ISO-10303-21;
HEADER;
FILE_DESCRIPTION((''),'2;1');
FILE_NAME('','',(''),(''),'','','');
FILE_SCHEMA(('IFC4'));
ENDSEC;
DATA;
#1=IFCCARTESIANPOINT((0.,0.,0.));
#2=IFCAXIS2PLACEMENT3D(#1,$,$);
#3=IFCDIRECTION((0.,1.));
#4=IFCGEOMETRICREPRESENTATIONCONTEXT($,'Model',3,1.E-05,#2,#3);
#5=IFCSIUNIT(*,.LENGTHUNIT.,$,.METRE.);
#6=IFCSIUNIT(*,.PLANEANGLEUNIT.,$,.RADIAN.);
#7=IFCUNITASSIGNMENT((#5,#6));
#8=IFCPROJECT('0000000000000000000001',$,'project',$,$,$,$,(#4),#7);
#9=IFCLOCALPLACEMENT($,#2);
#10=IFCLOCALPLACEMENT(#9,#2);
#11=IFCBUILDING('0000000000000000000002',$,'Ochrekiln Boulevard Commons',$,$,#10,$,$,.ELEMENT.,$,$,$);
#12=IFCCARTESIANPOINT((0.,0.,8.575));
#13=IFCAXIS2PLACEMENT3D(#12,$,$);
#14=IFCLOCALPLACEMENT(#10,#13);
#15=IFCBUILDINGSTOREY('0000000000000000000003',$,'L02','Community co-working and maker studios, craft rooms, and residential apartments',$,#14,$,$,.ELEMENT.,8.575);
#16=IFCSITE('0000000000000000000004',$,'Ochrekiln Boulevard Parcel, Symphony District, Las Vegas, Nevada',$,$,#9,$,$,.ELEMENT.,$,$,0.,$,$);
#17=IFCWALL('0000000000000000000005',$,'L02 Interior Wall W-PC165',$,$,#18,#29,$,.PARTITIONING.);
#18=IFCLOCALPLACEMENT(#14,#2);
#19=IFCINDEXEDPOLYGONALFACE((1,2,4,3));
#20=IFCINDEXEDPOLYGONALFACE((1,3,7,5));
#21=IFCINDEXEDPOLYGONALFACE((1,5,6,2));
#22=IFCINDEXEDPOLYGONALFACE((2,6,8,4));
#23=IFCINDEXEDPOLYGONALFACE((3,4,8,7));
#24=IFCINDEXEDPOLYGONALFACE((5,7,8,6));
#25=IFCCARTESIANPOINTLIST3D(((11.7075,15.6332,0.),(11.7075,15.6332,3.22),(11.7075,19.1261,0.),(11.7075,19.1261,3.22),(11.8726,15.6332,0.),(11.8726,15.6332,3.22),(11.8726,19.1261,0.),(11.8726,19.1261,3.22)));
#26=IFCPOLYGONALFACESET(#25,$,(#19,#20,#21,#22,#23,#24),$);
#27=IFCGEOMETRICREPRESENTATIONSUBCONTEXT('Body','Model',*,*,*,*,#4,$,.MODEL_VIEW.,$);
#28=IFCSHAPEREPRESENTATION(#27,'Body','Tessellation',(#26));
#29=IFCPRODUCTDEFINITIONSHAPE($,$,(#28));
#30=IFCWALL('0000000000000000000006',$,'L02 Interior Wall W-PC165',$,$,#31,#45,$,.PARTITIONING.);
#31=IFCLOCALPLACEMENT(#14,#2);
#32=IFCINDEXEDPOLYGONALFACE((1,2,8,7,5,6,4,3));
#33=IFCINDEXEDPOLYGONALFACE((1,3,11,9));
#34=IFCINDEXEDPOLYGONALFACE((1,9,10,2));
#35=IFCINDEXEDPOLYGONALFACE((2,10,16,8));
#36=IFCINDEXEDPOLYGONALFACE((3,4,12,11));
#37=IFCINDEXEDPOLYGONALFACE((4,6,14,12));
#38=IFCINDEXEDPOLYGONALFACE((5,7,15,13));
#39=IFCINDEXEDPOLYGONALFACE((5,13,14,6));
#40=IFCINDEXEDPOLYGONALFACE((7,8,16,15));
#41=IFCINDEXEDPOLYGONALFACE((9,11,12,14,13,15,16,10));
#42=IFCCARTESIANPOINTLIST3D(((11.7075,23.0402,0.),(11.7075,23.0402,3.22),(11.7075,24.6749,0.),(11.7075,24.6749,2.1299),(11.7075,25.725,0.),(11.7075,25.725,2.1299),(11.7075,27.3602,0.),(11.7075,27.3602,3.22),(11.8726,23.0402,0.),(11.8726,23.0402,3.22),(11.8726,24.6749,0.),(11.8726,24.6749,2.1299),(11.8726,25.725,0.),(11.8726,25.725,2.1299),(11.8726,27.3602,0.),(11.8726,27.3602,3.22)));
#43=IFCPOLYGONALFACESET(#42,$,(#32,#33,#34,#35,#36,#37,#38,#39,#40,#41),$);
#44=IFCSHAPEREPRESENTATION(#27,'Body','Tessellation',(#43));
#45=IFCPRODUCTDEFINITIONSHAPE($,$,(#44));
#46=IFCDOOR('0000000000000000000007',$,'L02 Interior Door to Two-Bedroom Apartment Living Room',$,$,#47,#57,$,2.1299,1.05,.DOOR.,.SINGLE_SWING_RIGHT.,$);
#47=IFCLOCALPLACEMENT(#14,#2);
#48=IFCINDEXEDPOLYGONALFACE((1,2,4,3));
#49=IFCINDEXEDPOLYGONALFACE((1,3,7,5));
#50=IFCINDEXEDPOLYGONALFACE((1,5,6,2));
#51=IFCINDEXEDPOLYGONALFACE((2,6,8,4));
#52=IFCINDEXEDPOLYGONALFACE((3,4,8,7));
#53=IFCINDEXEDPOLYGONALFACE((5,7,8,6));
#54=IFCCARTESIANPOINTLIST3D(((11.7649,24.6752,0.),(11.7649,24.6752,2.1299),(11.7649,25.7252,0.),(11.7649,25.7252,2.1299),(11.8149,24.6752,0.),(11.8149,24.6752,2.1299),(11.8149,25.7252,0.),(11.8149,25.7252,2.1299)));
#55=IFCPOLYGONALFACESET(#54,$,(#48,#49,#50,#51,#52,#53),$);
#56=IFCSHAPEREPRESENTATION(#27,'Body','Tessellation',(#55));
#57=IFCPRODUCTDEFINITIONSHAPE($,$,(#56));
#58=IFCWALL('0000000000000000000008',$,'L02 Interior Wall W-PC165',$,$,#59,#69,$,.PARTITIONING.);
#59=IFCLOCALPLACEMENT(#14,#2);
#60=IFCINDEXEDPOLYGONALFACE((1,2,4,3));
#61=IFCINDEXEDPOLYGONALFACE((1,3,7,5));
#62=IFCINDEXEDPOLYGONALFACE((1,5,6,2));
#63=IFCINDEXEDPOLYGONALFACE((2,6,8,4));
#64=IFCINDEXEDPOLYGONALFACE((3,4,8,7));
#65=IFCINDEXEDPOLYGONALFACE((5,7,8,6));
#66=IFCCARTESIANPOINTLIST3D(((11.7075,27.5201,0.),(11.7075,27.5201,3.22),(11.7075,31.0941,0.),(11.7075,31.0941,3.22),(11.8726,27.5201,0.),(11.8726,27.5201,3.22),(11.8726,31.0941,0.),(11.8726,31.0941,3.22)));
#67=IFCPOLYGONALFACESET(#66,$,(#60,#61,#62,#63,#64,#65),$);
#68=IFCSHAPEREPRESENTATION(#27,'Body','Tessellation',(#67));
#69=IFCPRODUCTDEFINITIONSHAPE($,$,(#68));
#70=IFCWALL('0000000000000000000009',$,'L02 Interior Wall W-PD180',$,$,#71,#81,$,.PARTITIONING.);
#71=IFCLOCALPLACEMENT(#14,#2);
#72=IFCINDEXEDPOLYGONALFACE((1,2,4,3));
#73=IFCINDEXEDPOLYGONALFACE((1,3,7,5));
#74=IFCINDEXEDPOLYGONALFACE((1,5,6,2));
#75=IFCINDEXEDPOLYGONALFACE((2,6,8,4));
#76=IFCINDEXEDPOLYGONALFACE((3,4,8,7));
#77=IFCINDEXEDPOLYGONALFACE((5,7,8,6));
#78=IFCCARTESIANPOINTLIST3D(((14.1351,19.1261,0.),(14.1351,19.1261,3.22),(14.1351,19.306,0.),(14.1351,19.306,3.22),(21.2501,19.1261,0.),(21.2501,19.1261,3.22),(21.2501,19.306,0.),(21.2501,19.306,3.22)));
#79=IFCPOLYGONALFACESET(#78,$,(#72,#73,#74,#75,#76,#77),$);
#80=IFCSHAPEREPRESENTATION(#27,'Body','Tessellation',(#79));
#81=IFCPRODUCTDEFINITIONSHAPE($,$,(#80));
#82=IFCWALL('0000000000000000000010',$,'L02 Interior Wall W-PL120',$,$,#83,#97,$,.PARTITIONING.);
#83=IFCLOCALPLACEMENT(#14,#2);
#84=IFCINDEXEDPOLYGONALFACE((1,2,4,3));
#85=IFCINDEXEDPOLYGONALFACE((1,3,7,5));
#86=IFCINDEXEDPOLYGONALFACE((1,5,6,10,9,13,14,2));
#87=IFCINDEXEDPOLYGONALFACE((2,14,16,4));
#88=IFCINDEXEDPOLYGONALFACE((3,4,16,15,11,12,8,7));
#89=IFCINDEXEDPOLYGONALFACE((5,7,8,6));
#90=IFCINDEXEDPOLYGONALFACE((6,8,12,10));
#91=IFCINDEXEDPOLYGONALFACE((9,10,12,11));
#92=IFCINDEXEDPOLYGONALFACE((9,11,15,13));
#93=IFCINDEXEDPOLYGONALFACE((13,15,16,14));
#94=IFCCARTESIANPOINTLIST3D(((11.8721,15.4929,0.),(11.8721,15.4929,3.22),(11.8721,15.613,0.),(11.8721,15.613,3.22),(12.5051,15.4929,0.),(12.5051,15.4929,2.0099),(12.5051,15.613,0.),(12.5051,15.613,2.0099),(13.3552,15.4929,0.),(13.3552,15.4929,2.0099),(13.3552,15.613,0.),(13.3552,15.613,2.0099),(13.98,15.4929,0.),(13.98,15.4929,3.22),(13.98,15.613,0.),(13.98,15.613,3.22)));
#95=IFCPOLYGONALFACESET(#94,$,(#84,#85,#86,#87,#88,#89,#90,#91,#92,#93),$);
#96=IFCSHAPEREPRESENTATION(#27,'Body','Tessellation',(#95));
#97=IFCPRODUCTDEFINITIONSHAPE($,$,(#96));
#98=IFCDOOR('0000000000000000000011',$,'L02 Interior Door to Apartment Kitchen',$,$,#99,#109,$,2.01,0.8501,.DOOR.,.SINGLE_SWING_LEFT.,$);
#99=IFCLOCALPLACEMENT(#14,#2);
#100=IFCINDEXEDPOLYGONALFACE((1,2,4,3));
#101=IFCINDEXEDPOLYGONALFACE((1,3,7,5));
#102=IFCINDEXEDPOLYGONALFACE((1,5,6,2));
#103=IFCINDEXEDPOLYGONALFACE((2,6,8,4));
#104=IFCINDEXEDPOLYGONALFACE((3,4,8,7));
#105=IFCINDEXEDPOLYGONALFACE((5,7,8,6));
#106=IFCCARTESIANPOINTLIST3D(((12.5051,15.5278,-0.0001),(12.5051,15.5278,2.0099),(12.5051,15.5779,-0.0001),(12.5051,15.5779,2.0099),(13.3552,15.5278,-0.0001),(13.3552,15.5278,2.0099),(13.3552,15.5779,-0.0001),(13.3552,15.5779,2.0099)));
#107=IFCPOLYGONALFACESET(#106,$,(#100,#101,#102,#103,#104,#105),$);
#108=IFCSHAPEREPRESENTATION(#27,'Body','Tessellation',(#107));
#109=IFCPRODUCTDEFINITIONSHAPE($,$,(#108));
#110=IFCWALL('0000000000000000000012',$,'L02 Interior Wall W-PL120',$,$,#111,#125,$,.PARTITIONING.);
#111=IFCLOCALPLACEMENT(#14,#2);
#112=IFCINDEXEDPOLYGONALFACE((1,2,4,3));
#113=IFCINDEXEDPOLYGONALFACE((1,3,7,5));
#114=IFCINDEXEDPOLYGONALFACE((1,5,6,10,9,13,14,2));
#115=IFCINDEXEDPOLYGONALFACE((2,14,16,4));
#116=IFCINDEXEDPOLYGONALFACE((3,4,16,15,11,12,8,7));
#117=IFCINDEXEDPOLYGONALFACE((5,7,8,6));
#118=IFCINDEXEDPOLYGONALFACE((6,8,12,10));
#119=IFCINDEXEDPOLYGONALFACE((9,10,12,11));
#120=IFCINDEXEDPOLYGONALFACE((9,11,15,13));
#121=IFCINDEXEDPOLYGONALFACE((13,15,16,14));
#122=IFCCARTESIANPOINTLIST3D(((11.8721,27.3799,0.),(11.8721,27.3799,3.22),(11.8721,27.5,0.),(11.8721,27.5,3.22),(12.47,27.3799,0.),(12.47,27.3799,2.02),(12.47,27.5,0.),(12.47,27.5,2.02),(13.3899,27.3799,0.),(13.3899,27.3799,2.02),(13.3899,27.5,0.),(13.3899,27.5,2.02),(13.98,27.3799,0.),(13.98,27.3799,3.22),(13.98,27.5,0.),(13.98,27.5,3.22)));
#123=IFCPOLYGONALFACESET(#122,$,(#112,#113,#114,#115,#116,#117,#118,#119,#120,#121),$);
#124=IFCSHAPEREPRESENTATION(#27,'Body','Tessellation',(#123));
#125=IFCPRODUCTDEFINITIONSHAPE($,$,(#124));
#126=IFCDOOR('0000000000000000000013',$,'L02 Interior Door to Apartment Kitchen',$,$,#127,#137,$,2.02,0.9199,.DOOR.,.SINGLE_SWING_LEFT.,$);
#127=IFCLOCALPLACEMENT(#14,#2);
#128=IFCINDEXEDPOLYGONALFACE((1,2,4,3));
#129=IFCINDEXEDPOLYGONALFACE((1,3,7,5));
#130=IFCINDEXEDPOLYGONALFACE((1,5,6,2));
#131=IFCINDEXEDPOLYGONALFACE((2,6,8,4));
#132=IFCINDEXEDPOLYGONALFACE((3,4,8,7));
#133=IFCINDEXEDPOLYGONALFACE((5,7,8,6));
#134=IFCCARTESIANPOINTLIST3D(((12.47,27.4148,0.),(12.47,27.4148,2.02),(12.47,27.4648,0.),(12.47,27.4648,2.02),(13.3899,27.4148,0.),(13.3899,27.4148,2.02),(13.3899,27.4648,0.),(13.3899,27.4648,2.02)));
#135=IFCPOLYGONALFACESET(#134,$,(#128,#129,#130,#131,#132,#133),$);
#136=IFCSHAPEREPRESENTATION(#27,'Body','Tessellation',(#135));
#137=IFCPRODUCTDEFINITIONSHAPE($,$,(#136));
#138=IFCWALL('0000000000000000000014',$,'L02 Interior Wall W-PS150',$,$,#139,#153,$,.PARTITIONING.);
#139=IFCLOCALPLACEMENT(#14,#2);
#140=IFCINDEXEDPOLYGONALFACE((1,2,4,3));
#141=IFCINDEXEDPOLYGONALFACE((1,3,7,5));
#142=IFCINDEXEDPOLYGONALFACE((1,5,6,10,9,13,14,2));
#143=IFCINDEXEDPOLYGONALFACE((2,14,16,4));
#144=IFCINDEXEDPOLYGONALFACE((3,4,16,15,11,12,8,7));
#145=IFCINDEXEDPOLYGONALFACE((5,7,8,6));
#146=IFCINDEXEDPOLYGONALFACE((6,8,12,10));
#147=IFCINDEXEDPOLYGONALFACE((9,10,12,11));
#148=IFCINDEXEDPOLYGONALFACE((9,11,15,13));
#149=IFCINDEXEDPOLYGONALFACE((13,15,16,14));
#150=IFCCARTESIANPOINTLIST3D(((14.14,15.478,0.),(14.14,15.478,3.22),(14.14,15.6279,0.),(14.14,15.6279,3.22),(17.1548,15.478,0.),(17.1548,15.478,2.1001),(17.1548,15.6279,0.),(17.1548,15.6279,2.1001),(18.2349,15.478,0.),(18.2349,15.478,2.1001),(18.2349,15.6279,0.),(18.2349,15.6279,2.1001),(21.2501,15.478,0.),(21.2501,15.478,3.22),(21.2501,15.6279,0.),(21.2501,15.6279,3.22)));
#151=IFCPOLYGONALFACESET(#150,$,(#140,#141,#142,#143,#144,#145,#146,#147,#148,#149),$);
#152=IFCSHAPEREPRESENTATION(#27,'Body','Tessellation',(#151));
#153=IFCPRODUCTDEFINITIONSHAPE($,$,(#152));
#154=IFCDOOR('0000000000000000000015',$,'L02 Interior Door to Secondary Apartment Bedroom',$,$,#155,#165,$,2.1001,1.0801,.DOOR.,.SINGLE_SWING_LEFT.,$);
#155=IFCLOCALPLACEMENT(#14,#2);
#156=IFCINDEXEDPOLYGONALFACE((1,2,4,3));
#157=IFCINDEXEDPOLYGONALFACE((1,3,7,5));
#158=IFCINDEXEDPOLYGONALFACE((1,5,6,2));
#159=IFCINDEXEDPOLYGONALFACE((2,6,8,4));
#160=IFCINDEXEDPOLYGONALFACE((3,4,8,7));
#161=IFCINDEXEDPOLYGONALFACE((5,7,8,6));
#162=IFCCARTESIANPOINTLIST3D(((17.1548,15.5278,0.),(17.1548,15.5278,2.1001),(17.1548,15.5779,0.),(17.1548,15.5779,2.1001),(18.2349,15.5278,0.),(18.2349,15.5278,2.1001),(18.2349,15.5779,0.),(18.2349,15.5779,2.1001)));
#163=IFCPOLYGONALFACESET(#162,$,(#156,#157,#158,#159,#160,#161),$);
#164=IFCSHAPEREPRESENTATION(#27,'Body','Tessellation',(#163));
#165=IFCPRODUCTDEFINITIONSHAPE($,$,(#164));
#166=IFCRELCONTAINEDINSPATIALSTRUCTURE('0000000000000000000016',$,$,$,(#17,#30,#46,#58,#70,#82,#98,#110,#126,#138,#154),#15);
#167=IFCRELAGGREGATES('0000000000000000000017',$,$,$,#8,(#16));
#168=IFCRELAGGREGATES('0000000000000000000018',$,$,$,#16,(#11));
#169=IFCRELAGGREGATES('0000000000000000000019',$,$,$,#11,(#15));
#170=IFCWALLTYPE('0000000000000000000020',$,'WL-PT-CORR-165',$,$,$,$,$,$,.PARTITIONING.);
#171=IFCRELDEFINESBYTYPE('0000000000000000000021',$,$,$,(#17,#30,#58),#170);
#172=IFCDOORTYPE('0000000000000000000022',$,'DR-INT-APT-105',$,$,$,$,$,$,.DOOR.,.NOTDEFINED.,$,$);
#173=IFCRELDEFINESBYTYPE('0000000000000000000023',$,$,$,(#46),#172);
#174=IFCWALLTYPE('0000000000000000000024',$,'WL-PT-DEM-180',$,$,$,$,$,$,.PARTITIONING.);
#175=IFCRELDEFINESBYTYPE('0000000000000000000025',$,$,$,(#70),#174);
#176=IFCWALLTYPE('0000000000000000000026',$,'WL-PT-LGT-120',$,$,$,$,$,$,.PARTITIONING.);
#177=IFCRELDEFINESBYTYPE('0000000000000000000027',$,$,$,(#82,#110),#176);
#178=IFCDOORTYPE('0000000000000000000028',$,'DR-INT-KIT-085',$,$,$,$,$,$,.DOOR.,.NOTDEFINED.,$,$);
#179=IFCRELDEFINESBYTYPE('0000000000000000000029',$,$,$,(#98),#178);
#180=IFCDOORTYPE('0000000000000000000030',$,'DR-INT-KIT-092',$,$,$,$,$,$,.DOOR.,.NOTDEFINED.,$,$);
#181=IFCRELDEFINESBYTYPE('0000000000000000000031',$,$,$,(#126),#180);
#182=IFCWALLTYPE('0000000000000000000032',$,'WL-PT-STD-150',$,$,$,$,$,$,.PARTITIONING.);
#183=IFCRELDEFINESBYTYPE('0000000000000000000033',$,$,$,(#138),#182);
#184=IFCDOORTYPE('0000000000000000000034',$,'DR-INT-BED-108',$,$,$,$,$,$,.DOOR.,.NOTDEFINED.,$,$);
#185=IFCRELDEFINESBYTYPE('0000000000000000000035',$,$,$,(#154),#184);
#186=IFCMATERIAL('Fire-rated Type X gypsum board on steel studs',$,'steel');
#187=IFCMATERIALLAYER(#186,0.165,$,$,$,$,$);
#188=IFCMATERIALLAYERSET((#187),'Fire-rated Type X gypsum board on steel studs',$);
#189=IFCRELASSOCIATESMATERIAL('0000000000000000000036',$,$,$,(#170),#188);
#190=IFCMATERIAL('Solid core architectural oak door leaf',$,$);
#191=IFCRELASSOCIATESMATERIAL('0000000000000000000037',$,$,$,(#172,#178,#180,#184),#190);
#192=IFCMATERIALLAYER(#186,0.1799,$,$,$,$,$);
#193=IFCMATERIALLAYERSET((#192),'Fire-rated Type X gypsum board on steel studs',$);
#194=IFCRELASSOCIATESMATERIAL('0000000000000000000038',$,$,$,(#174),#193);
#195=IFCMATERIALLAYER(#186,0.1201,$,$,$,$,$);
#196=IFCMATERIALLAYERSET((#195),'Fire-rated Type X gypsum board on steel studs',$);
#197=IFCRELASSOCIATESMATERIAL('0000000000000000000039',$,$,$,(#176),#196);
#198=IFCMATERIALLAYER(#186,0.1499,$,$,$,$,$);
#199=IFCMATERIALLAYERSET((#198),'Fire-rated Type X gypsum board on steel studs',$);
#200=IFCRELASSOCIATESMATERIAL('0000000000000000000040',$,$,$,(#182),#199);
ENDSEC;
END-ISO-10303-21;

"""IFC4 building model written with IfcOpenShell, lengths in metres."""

from ifc_helpers import new_model, si_unit, direction, frame, frame_2d, origin, place, context, subcontext, project, spatial, rectangle, extrude, material, layer, layer_set, type_object, element, fill, save


model = new_model("IFC4")

# Units and contexts
model_context = context("Model", 3, precision=1e-05, world=origin(), true_north=direction((0.0, 1.0)))
body_context = subcontext(model_context, "Body", "Model", "MODEL_VIEW")
ifc_project = project(units=[si_unit("LENGTHUNIT", "METRE"), si_unit("PLANEANGLEUNIT", "RADIAN")], contexts=[model_context])

# Site, building, storey
site_placement = place(None, origin())
site = spatial("IfcSite", under=ifc_project, at=site_placement, Name="Ochrekiln Boulevard Parcel, Symphony District, Las Vegas, Nevada", CompositionType="ELEMENT", RefElevation=0.0)
building_placement = place(site_placement, origin())
building = spatial("IfcBuilding", under=site, at=building_placement, Name="Ochrekiln Boulevard Commons", CompositionType="ELEMENT")
storey_placement = place(building_placement, frame((0.0, 0.0, 8.575)))
storey = spatial("IfcBuildingStorey", under=building, at=storey_placement, Name="L02", Description="Community co-working and maker studios, craft rooms, and residential apartments", CompositionType="ELEMENT", Elevation=8.575)

# Shared definitions
ifc_material_1 = material(Name="Solid core architectural oak door leaf")

# Shared definitions
ifc_material_2 = material(Name="Fire-rated Type X gypsum board on steel studs", Category="steel")
ifc_layer_1 = layer(ifc_material_2, 0.165)
ifc_layer_set_1 = layer_set([ifc_layer_1], Name="Fire-rated Type X gypsum board on steel studs")
wall_type_1 = type_object("IfcWallType", Name="WL-PT-CORR-165", PredefinedType="PARTITIONING", material=ifc_layer_set_1)
door_type_1 = type_object("IfcDoorType", Name="DR-INT-APT-105", OperationType="NOTDEFINED", PredefinedType="DOOR", material=ifc_material_1)

# Wall
wall_1_placement = place(storey_placement, frame((11.79, 15.6331, 0.0), z_axis=(0.0, 0.0, 1.0), x_axis=(0.0, 1.0, 0.0)))
element("IfcWall", 1, at=wall_1_placement, inside=storey, type_object=wall_type_1, Name="L02 Interior Wall W-PC165", PredefinedType="PARTITIONING", context=body_context, shape_type="SweptSolid", body=[
    extrude(rectangle(XDim=3.4929, YDim=0.165, at=frame_2d((1.7466, 0.0))), origin(), (0.0, 0.0, 1.0), 3.22),
])

# Wall, opening, door
wall_2_placement = place(storey_placement, frame((11.79, 23.04, 0.0), z_axis=(0.0, 0.0, 1.0), x_axis=(0.0, 1.0, 0.0)))
wall_2 = element("IfcWall", 2, at=wall_2_placement, inside=storey, type_object=wall_type_1, Name="L02 Interior Wall W-PC165", PredefinedType="PARTITIONING", context=body_context, shape_type="SweptSolid", body=[
    extrude(rectangle(XDim=4.3201, YDim=0.165, at=frame_2d((2.1602, 0.0))), origin(), (0.0, 0.0, 1.0), 3.22),
])
opening_1_placement = place(wall_2_placement, frame((1.635, 0.0, 0.0)))
opening_1 = element("IfcOpeningElement", 3, at=opening_1_placement, cuts=wall_2, PredefinedType="OPENING", context=body_context, shape_type="SweptSolid", body=[
    extrude(rectangle(XDim=1.05, YDim=2.1299, at=frame_2d((0.5249, 1.0649))), frame((0.0, 0.0925, 0.0), z_axis=(0.0, -1.0, 0.0), x_axis=(1.0, 0.0, 0.0)), (0.0, 0.0, 1.0), 0.1851),
])
door_1_placement = place(opening_1_placement, frame((1.05, 0.0, 0.0), z_axis=(0.0, 0.0, 1.0), x_axis=(-1.0, 0.0, 0.0)))
door_1 = element("IfcDoor", 4, at=door_1_placement, inside=storey, type_object=door_type_1, Name="L02 Interior Door to Two-Bedroom Apartment Living Room", OperationType="SINGLE_SWING_RIGHT", OverallHeight=2.1299, OverallWidth=1.05, PredefinedType="DOOR", context=body_context, shape_type="SweptSolid", body=[
    extrude(rectangle(XDim=1.05, YDim=2.1299, at=frame_2d((0.5249, 1.0649))), frame((0.0, 0.0249, 0.0), z_axis=(0.0, -1.0, 0.0), x_axis=(1.0, 0.0, 0.0)), (0.0, 0.0, 1.0), 0.05),
])
fill(opening_1, door_1)

# Walls
wall_3_placement = place(storey_placement, frame((11.79, 27.52, 0.0), z_axis=(0.0, 0.0, 1.0), x_axis=(0.0, 1.0, 0.0)))
element("IfcWall", 5, at=wall_3_placement, inside=storey, type_object=wall_type_1, Name="L02 Interior Wall W-PC165", PredefinedType="PARTITIONING", context=body_context, shape_type="SweptSolid", body=[
    extrude(rectangle(XDim=3.574, YDim=0.165, at=frame_2d((1.7871, 0.0))), origin(), (0.0, 0.0, 1.0), 3.22),
])
ifc_layer_2 = layer(ifc_material_2, 0.1799)
ifc_layer_set_2 = layer_set([ifc_layer_2], Name="Fire-rated Type X gypsum board on steel studs")
wall_type_2 = type_object("IfcWallType", Name="WL-PT-DEM-180", PredefinedType="PARTITIONING", material=ifc_layer_set_2)
wall_4_placement = place(storey_placement, frame((14.135, 19.2161, 0.0), z_axis=(0.0, 0.0, 1.0), x_axis=(1.0, 0.0, 0.0)))
element("IfcWall", 6, at=wall_4_placement, inside=storey, type_object=wall_type_2, Name="L02 Interior Wall W-PD180", PredefinedType="PARTITIONING", context=body_context, shape_type="SweptSolid", body=[
    extrude(rectangle(XDim=7.115, YDim=0.1799, at=frame_2d((3.5576, 0.0))), origin(), (0.0, 0.0, 1.0), 3.22),
])

# Walls, openings, doors
ifc_layer_3 = layer(ifc_material_2, 0.1201)
ifc_layer_set_3 = layer_set([ifc_layer_3], Name="Fire-rated Type X gypsum board on steel studs")
wall_type_3 = type_object("IfcWallType", Name="WL-PT-LGT-120", PredefinedType="PARTITIONING", material=ifc_layer_set_3)
wall_5_placement = place(storey_placement, frame((11.8721, 15.553, 0.0), z_axis=(0.0, 0.0, 1.0), x_axis=(1.0, 0.0, 0.0)))
wall_5 = element("IfcWall", 7, at=wall_5_placement, inside=storey, type_object=wall_type_3, Name="L02 Interior Wall W-PL120", PredefinedType="PARTITIONING", context=body_context, shape_type="SweptSolid", body=[
    extrude(rectangle(XDim=2.1079, YDim=0.1201, at=frame_2d((1.054, 0.0))), origin(), (0.0, 0.0, 1.0), 3.22),
])
opening_2_placement = place(wall_5_placement, frame((0.6331, 0.0, 0.0)))
opening_2 = element("IfcOpeningElement", 8, at=opening_2_placement, cuts=wall_5, PredefinedType="OPENING", context=body_context, shape_type="SweptSolid", body=[
    extrude(rectangle(XDim=0.8501, YDim=2.01, at=frame_2d((0.425, 1.0049))), frame((0.0, 0.0701, 0.0), z_axis=(0.0, -1.0, 0.0), x_axis=(1.0, 0.0, 0.0)), (0.0, 0.0, 1.0), 0.1401),
])
door_type_2 = type_object("IfcDoorType", Name="DR-INT-KIT-085", OperationType="NOTDEFINED", PredefinedType="DOOR", material=ifc_material_1)
door_2_placement = place(opening_2_placement, origin())
door_2 = element("IfcDoor", 9, at=door_2_placement, inside=storey, type_object=door_type_2, Name="L02 Interior Door to Apartment Kitchen", OperationType="SINGLE_SWING_LEFT", OverallHeight=2.01, OverallWidth=0.8501, PredefinedType="DOOR", context=body_context, shape_type="SweptSolid", body=[
    extrude(rectangle(XDim=0.8501, YDim=2.01, at=frame_2d((0.425, 1.0049))), frame((0.0, 0.0249, 0.0), z_axis=(0.0, -1.0, 0.0), x_axis=(1.0, 0.0, 0.0)), (0.0, 0.0, 1.0), 0.05),
])
fill(opening_2, door_2)
wall_6_placement = place(storey_placement, frame((11.8721, 27.4399, 0.0), z_axis=(0.0, 0.0, 1.0), x_axis=(1.0, 0.0, 0.0)))
wall_6 = element("IfcWall", 10, at=wall_6_placement, inside=storey, type_object=wall_type_3, Name="L02 Interior Wall W-PL120", PredefinedType="PARTITIONING", context=body_context, shape_type="SweptSolid", body=[
    extrude(rectangle(XDim=2.1079, YDim=0.1201, at=frame_2d((1.054, 0.0))), origin(), (0.0, 0.0, 1.0), 3.22),
])
opening_3_placement = place(wall_6_placement, frame((0.5979, 0.0, 0.0)))
opening_3 = element("IfcOpeningElement", 11, at=opening_3_placement, cuts=wall_6, PredefinedType="OPENING", context=body_context, shape_type="SweptSolid", body=[
    extrude(rectangle(XDim=0.9199, YDim=2.02, at=frame_2d((0.46, 1.01))), frame((0.0, 0.0701, 0.0), z_axis=(0.0, -1.0, 0.0), x_axis=(1.0, 0.0, 0.0)), (0.0, 0.0, 1.0), 0.1401),
])
door_type_3 = type_object("IfcDoorType", Name="DR-INT-KIT-092", OperationType="NOTDEFINED", PredefinedType="DOOR", material=ifc_material_1)
door_3_placement = place(opening_3_placement, origin())
door_3 = element("IfcDoor", 12, at=door_3_placement, inside=storey, type_object=door_type_3, Name="L02 Interior Door to Apartment Kitchen", OperationType="SINGLE_SWING_LEFT", OverallHeight=2.02, OverallWidth=0.9199, PredefinedType="DOOR", context=body_context, shape_type="SweptSolid", body=[
    extrude(rectangle(XDim=0.9199, YDim=2.02, at=frame_2d((0.46, 1.01))), frame((0.0, 0.0249, 0.0), z_axis=(0.0, -1.0, 0.0), x_axis=(1.0, 0.0, 0.0)), (0.0, 0.0, 1.0), 0.05),
])
fill(opening_3, door_3)
ifc_layer_4 = layer(ifc_material_2, 0.1499)
ifc_layer_set_4 = layer_set([ifc_layer_4], Name="Fire-rated Type X gypsum board on steel studs")
wall_type_4 = type_object("IfcWallType", Name="WL-PT-STD-150", PredefinedType="PARTITIONING", material=ifc_layer_set_4)
wall_7_placement = place(storey_placement, frame((14.1399, 15.553, 0.0), z_axis=(0.0, 0.0, 1.0), x_axis=(1.0, 0.0, 0.0)))
wall_7 = element("IfcWall", 13, at=wall_7_placement, inside=storey, type_object=wall_type_4, Name="L02 Interior Wall W-PS150", PredefinedType="PARTITIONING", context=body_context, shape_type="SweptSolid", body=[
    extrude(rectangle(XDim=7.1101, YDim=0.1499, at=frame_2d((3.5552, 0.0))), origin(), (0.0, 0.0, 1.0), 3.22),
])
opening_4_placement = place(wall_7_placement, frame((3.0149, 0.0, 0.0)))
opening_4 = element("IfcOpeningElement", 14, at=opening_4_placement, cuts=wall_7, PredefinedType="OPENING", context=body_context, shape_type="SweptSolid", body=[
    extrude(rectangle(XDim=1.0801, YDim=2.1001, at=frame_2d((0.54, 1.05))), frame((0.0, 0.085, 0.0), z_axis=(0.0, -1.0, 0.0), x_axis=(1.0, 0.0, 0.0)), (0.0, 0.0, 1.0), 0.1699),
])
door_type_4 = type_object("IfcDoorType", Name="DR-INT-BED-108", OperationType="NOTDEFINED", PredefinedType="DOOR", material=ifc_material_1)
door_4_placement = place(opening_4_placement, origin())
door_4 = element("IfcDoor", 15, at=door_4_placement, inside=storey, type_object=door_type_4, Name="L02 Interior Door to Secondary Apartment Bedroom", OperationType="SINGLE_SWING_LEFT", OverallHeight=2.1001, OverallWidth=1.0801, PredefinedType="DOOR", context=body_context, shape_type="SweptSolid", body=[
    extrude(rectangle(XDim=1.0801, YDim=2.1001, at=frame_2d((0.54, 1.05))), frame((0.0, 0.0249, 0.0), z_axis=(0.0, -1.0, 0.0), x_axis=(1.0, 0.0, 0.0)), (0.0, 0.0, 1.0), 0.05),
])
fill(opening_4, door_4)

save(model, "model.ifc")
